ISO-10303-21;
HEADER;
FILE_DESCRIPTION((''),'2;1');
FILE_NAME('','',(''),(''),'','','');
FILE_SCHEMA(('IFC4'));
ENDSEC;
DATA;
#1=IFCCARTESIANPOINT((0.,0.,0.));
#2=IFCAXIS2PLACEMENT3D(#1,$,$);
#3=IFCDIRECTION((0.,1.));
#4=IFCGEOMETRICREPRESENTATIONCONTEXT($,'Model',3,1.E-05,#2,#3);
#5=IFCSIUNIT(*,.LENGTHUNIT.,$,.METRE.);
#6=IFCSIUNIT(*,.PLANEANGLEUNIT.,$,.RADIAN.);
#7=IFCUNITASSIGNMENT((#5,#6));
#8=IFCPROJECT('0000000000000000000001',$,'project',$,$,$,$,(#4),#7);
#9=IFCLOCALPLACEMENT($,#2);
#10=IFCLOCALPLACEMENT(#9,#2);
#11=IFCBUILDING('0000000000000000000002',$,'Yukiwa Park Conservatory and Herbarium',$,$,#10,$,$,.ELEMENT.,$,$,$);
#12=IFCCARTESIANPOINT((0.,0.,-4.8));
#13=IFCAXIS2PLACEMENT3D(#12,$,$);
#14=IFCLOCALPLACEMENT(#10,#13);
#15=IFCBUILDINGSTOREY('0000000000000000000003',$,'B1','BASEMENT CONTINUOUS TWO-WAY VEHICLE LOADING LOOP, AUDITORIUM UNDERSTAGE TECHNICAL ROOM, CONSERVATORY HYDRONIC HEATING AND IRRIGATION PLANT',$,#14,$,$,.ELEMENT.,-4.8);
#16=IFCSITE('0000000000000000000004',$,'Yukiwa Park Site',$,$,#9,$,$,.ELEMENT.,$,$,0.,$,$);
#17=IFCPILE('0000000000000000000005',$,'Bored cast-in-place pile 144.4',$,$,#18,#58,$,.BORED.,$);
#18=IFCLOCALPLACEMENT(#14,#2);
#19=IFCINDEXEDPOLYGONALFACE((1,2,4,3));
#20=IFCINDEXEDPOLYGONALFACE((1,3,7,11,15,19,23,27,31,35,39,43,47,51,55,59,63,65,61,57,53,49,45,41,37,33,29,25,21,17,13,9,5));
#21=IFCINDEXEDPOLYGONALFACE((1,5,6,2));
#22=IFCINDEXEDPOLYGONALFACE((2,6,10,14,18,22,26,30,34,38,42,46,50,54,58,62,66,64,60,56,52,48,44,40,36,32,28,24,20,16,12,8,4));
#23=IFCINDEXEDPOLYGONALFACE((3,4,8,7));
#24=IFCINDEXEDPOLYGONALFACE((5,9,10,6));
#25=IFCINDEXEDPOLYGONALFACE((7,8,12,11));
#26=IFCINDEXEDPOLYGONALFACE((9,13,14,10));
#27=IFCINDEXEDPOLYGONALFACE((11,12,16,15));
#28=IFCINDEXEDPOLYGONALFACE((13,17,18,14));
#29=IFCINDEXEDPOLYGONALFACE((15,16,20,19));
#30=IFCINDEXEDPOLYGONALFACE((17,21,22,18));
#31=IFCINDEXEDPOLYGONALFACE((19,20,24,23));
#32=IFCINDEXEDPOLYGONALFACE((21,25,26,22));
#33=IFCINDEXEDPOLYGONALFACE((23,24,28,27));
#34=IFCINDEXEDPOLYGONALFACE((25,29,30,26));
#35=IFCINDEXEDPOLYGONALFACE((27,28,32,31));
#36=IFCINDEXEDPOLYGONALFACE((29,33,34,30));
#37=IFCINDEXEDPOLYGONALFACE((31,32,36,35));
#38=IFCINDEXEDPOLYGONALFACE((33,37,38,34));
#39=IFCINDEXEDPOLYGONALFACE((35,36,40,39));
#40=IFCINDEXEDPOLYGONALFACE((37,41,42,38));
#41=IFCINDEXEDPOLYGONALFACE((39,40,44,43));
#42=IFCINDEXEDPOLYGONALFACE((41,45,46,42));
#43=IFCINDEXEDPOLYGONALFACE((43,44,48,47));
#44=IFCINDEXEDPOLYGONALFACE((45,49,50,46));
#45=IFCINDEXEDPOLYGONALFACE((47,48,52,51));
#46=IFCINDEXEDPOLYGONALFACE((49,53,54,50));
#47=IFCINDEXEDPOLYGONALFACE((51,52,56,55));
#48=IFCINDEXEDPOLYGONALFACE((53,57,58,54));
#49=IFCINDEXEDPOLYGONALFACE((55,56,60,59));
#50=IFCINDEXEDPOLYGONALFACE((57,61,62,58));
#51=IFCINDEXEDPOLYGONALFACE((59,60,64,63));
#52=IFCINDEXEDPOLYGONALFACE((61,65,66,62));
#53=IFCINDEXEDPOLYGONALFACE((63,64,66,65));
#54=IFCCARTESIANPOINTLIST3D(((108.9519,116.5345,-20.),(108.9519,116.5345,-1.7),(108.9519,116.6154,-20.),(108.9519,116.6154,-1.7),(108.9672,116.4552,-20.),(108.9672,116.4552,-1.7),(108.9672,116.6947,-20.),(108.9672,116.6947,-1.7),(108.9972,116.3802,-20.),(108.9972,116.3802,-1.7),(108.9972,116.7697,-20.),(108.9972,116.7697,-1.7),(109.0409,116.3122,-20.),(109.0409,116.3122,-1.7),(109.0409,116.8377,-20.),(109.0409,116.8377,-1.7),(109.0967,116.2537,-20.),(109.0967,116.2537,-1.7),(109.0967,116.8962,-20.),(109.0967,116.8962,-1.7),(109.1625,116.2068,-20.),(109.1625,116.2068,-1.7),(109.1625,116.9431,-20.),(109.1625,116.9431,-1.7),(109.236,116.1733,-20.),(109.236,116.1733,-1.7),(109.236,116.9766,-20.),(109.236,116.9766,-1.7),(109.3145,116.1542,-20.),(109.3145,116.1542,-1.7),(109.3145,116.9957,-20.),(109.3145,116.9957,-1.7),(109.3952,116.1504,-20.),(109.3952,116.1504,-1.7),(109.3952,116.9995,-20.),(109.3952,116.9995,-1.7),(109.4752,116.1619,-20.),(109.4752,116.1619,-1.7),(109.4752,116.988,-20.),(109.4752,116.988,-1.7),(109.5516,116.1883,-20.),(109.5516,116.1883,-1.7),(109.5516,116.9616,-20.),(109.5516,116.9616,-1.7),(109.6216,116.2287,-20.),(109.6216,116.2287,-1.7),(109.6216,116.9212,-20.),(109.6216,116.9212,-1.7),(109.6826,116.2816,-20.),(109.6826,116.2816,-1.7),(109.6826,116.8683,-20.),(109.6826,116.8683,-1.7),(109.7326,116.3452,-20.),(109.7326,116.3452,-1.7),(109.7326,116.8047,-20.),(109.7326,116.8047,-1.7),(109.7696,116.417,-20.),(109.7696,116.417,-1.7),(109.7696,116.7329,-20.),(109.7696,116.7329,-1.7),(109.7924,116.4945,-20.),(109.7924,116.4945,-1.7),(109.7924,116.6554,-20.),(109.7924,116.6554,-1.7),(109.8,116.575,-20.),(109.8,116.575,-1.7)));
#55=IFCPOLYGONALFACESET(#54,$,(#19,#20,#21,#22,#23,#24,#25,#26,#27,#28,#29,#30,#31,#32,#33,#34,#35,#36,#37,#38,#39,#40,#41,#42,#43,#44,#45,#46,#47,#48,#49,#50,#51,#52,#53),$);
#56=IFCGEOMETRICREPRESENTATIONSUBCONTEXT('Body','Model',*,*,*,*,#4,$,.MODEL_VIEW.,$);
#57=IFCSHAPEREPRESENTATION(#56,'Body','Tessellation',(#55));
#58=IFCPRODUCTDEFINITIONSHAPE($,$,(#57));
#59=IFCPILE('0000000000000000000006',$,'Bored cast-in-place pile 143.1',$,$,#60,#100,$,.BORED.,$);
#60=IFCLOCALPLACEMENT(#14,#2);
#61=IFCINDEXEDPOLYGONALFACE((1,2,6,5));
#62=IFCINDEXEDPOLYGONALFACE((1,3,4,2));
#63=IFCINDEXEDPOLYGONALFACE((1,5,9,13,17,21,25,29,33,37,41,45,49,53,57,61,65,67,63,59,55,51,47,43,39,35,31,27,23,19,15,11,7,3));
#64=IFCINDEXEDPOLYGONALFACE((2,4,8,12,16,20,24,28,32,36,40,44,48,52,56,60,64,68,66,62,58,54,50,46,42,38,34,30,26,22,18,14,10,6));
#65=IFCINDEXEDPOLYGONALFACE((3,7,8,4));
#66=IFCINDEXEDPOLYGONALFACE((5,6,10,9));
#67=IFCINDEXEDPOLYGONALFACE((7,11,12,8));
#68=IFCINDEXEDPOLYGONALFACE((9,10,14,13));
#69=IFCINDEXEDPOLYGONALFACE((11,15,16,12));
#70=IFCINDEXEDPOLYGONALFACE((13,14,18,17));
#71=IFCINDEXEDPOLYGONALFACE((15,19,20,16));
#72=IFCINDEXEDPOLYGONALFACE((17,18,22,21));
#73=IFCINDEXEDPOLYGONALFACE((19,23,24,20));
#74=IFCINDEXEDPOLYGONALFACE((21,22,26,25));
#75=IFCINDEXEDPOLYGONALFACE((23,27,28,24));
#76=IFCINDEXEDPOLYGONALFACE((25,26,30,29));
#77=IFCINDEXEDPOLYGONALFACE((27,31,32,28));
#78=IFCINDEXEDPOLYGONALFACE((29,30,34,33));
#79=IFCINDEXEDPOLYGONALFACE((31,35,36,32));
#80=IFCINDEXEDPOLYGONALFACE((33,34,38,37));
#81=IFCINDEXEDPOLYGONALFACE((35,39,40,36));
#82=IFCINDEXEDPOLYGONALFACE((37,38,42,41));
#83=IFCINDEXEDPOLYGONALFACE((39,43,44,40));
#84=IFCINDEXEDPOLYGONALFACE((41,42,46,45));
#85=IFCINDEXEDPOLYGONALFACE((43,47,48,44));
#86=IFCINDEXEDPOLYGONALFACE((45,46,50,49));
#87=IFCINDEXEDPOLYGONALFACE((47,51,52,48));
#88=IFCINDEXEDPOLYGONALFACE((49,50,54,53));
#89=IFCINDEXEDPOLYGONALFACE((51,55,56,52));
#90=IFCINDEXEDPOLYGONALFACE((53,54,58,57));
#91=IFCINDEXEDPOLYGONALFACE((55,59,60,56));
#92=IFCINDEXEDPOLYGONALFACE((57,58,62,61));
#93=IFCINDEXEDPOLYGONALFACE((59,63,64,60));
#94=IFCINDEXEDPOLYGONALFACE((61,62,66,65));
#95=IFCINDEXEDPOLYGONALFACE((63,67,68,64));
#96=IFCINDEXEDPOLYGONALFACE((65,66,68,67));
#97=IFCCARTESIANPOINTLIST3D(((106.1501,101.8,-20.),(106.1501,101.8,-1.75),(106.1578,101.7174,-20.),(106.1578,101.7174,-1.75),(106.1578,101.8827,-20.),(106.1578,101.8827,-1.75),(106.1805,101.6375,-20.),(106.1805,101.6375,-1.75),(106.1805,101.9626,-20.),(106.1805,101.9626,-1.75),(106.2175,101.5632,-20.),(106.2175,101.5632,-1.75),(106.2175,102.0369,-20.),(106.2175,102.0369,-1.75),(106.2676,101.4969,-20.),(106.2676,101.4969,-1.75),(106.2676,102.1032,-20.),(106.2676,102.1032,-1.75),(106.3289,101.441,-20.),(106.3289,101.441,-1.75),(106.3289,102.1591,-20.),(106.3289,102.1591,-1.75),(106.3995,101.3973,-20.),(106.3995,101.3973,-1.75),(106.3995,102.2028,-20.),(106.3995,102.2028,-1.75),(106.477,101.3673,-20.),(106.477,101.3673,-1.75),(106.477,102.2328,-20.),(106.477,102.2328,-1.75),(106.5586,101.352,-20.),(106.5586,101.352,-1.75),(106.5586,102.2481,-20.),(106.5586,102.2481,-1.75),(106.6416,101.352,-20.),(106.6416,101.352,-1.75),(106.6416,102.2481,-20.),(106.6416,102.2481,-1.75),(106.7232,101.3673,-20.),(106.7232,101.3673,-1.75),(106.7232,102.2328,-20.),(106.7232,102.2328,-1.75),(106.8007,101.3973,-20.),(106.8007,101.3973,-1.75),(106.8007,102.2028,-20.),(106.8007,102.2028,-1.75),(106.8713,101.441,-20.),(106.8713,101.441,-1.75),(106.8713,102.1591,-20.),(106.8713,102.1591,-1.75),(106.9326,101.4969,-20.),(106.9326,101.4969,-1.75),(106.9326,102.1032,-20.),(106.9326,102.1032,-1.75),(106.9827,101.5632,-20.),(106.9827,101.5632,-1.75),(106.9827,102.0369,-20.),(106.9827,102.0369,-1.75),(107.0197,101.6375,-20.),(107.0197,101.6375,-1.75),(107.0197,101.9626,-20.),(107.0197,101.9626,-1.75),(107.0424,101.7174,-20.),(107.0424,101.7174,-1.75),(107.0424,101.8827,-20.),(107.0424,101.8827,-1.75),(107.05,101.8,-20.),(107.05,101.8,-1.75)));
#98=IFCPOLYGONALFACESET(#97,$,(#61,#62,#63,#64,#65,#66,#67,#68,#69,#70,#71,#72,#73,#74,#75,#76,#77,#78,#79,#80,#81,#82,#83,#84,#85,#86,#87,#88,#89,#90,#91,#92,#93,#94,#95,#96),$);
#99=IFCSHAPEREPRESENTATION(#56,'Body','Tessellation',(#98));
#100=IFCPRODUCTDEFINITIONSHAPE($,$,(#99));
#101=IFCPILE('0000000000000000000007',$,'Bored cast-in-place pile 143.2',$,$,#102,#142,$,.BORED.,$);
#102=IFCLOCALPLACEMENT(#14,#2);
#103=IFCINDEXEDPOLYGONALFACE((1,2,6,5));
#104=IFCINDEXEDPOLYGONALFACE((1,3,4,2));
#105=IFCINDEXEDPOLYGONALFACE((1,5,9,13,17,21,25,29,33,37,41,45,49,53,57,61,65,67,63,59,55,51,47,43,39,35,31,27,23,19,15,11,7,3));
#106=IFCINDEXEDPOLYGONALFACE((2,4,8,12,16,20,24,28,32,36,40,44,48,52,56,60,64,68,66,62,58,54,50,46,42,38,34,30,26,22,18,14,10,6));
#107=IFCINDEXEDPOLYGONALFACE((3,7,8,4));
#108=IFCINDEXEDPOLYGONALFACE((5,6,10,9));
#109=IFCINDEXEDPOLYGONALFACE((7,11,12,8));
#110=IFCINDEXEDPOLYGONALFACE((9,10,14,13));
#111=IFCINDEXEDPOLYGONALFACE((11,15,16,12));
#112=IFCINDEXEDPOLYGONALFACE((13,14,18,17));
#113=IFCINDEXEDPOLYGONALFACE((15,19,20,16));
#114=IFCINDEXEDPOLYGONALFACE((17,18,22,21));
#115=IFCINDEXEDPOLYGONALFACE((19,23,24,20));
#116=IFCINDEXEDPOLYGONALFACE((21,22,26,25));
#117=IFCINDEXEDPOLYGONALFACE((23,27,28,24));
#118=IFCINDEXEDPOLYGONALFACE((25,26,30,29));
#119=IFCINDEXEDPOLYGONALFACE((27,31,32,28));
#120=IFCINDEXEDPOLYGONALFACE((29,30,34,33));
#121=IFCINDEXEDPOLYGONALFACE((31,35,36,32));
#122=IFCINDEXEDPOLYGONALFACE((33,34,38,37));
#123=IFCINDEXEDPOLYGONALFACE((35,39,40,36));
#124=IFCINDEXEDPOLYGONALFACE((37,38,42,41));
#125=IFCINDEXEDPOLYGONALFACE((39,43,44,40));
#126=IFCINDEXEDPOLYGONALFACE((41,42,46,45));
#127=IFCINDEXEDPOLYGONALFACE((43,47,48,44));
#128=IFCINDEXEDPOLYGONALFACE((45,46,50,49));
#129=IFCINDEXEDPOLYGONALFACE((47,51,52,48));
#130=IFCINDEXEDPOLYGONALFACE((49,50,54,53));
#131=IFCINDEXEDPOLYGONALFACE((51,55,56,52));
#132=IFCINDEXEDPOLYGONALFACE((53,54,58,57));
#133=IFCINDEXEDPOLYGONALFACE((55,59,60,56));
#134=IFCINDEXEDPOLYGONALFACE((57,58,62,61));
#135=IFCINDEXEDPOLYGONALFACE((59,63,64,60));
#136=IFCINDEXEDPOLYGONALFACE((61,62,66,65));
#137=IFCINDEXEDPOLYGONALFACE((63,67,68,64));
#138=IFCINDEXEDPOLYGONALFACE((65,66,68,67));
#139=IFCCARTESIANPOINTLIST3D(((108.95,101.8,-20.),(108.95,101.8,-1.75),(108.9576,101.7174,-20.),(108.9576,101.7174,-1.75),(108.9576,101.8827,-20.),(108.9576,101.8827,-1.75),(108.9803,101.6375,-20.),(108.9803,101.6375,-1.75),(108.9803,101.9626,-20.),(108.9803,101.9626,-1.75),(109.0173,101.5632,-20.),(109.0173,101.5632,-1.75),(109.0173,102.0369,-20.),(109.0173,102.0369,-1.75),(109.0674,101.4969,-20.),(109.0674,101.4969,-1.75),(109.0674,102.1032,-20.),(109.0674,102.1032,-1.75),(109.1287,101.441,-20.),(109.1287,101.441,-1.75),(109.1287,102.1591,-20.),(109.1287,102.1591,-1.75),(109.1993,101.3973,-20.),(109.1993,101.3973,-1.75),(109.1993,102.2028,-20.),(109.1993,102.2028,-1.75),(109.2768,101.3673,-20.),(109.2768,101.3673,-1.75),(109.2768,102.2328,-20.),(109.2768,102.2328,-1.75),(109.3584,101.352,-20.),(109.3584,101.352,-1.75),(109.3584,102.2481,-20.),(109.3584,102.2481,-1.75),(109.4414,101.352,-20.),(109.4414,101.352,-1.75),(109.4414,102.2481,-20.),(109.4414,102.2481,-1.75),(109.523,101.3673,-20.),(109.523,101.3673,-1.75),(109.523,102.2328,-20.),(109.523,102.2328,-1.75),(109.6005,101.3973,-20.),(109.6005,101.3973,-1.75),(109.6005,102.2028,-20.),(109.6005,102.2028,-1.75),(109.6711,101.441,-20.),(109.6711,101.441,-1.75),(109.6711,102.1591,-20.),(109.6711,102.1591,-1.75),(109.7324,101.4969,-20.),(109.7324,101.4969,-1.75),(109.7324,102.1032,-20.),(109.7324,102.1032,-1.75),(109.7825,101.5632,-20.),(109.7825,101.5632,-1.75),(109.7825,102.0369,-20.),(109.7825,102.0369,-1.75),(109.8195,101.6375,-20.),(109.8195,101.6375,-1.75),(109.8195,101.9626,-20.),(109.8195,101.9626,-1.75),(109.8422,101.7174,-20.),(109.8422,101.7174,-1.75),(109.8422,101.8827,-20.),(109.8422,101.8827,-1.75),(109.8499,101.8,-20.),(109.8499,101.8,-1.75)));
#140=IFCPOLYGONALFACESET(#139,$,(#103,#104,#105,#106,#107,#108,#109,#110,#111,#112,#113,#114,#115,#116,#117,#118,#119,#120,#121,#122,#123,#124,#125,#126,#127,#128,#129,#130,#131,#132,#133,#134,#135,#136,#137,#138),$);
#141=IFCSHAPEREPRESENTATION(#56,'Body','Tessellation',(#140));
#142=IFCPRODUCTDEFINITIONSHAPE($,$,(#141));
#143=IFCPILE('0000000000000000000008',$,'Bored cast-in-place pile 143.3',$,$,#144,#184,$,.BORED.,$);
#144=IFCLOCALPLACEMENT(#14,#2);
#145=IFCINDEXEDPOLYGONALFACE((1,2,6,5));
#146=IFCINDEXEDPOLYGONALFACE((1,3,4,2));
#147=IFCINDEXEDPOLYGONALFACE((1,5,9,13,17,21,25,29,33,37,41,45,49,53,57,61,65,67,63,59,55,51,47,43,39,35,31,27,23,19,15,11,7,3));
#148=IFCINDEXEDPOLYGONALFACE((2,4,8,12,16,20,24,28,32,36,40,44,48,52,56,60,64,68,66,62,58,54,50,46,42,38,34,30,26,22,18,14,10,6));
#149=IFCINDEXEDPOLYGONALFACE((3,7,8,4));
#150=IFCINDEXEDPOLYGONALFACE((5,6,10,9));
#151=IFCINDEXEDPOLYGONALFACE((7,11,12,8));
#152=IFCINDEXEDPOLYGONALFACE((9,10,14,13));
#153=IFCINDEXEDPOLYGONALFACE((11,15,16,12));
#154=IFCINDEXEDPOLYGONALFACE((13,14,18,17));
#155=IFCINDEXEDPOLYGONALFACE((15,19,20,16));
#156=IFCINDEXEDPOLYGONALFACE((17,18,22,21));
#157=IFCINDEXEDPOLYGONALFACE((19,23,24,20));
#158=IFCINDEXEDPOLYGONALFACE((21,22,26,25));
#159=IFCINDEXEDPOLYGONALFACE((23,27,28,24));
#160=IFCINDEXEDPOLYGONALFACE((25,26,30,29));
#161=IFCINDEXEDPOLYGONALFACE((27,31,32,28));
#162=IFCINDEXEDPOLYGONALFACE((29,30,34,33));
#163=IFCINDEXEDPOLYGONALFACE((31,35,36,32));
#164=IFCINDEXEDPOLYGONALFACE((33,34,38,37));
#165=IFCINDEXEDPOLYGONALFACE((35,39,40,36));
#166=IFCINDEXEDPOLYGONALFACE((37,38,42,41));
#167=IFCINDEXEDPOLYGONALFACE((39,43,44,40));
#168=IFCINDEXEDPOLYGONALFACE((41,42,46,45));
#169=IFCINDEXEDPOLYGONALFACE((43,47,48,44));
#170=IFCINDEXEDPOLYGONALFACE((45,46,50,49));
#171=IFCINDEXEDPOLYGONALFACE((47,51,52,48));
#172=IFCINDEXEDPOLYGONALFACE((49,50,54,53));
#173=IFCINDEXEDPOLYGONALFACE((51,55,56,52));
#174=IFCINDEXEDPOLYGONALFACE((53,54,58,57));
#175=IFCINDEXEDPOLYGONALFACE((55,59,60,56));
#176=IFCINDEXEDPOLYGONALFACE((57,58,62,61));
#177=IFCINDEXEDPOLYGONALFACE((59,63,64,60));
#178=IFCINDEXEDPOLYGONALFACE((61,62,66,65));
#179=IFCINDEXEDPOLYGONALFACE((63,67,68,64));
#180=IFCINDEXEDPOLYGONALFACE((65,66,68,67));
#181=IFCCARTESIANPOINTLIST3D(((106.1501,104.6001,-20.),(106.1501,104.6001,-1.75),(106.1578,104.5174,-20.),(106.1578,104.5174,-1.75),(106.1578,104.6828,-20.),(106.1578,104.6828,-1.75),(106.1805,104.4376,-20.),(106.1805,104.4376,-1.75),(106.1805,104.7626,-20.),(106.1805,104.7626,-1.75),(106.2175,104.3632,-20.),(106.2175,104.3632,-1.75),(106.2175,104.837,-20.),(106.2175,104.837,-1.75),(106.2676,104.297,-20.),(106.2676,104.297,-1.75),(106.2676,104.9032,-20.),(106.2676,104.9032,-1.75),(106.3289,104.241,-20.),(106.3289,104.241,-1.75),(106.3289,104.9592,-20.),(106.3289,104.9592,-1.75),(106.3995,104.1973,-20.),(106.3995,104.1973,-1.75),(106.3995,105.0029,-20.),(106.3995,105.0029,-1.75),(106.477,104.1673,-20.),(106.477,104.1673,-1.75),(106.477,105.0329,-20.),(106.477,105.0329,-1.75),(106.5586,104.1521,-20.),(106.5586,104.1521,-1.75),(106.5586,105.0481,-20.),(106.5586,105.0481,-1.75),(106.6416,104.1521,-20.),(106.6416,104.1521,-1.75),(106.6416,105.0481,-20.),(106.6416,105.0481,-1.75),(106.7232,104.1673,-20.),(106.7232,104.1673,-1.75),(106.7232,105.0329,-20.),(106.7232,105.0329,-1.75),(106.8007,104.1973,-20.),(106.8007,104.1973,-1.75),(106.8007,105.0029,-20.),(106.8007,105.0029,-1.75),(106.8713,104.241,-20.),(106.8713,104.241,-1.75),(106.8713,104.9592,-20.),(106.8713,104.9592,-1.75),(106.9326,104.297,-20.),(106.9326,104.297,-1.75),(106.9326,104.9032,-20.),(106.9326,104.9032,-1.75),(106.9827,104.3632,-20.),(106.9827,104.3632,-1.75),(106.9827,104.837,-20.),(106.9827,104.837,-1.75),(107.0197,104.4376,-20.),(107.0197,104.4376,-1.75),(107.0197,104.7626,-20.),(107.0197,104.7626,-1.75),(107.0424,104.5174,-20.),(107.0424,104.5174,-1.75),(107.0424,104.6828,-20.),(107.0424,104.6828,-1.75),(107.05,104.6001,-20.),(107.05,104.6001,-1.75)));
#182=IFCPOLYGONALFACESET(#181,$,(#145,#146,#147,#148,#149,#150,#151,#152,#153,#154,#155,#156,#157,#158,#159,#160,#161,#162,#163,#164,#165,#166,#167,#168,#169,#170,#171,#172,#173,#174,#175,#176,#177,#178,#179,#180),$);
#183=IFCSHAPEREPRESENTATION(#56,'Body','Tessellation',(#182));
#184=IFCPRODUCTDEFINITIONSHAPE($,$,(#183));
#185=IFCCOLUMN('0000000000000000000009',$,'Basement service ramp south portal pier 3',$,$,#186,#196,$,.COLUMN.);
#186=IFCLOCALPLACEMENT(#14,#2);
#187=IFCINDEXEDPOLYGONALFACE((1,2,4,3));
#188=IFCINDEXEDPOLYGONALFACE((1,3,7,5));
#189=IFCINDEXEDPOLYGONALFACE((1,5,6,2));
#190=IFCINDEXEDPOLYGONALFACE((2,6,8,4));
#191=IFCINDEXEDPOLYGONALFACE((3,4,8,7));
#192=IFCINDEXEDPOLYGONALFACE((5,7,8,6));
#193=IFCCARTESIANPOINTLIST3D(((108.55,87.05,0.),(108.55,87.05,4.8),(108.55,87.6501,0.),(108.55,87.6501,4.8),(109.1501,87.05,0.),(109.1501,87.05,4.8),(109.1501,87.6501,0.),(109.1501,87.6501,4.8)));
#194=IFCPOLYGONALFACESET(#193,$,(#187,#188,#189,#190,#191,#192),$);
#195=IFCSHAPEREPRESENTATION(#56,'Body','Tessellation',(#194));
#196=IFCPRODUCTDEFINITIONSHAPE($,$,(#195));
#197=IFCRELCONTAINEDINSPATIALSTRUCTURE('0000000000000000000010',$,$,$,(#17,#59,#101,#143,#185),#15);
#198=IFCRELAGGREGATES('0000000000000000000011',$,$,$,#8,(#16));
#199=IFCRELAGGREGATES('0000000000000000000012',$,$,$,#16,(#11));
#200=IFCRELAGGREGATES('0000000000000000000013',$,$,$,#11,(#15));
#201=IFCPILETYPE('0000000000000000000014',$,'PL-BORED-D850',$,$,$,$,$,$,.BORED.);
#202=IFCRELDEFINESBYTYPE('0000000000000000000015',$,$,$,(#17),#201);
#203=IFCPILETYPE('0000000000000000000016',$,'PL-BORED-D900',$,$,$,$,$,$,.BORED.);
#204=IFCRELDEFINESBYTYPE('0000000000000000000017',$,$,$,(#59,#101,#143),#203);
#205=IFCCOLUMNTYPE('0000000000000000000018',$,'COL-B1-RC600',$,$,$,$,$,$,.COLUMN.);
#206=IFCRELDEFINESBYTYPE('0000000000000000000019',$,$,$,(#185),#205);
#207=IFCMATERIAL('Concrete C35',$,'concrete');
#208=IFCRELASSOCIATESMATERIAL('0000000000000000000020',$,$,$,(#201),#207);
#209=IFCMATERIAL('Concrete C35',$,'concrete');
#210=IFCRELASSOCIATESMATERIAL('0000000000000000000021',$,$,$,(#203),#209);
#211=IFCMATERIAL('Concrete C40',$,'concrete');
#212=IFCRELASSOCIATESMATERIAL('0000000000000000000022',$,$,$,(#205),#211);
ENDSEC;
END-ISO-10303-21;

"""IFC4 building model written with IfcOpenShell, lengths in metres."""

from ifc_helpers import new_model, si_unit, direction, frame, origin, origin_2d, place, context, subcontext, project, spatial, rectangle, circle, extrude, material, material_profile, profile_set, type_object, element, save


model = new_model("IFC4")

# Units and contexts
model_context = context("Model", 3, precision=1e-05, world=origin(), true_north=direction((0.0, 1.0)))
body_context = subcontext(model_context, "Body", "Model", "MODEL_VIEW")
ifc_project = project(units=[si_unit("LENGTHUNIT", "METRE"), si_unit("PLANEANGLEUNIT", "RADIAN")], contexts=[model_context])

# Site, building, storey
site_placement = place(None, origin())
site = spatial("IfcSite", under=ifc_project, at=site_placement, Name="Yukiwa Park Site", CompositionType="ELEMENT", RefElevation=0.0)
building_placement = place(site_placement, origin())
building = spatial("IfcBuilding", under=site, at=building_placement, Name="Yukiwa Park Conservatory and Herbarium", CompositionType="ELEMENT")
storey_placement = place(building_placement, frame((0.0, 0.0, -4.8)))
storey = spatial("IfcBuildingStorey", under=building, at=storey_placement, Name="B1", Description="BASEMENT CONTINUOUS TWO-WAY VEHICLE LOADING LOOP, AUDITORIUM UNDERSTAGE TECHNICAL ROOM, CONSERVATORY HYDRONIC HEATING AND IRRIGATION PLANT", CompositionType="ELEMENT", Elevation=-4.8)

# Piles
ifc_material_1 = material(Name="Concrete C35", Category="concrete")
ifc_material_profile_1 = material_profile(ifc_material_1, circle(Radius=0.425, at=origin_2d()), Name="PILE D850")
ifc_profile_set_1 = profile_set([ifc_material_profile_1], Name="Concrete C35")
pile_type_1 = type_object("IfcPileType", Name="PL-BORED-D850", PredefinedType="BORED", material=ifc_profile_set_1)
for number, where, z_axis, x_axis, name in (
    (1, (109.375, 116.575, -1.7), (0.0, 0.0, -1.0), (1.0, 0.0, 0.0), "Bored cast-in-place pile 144.4"),
):
    element("IfcPile", number, at=place(storey_placement, frame(where, z_axis=z_axis, x_axis=x_axis)), inside=storey, type_object=pile_type_1, Name=name, PredefinedType="BORED", context=body_context, shape_type="SweptSolid", body=[
        extrude(circle(Radius=0.425, at=origin_2d()), origin(), (0.0, 0.0, 1.0), 18.3),
    ])
ifc_material_2 = material(Name="Concrete C35", Category="concrete")
ifc_material_profile_2 = material_profile(ifc_material_2, circle(Radius=0.45, at=origin_2d()), Name="PILE D900")
ifc_profile_set_2 = profile_set([ifc_material_profile_2], Name="Concrete C35")
pile_type_2 = type_object("IfcPileType", Name="PL-BORED-D900", PredefinedType="BORED", material=ifc_profile_set_2)
for number, where, z_axis, x_axis, name in (
    (2, (106.6001, 101.8, -1.75), (0.0, 0.0, -1.0), (1.0, 0.0, 0.0), "Bored cast-in-place pile 143.1"),
    (3, (109.3999, 101.8, -1.75), (0.0, 0.0, -1.0), (1.0, 0.0, 0.0), "Bored cast-in-place pile 143.2"),
    (4, (106.6001, 104.6001, -1.75), (0.0, 0.0, -1.0), (1.0, 0.0, 0.0), "Bored cast-in-place pile 143.3"),
):
    element("IfcPile", number, at=place(storey_placement, frame(where, z_axis=z_axis, x_axis=x_axis)), inside=storey, type_object=pile_type_2, Name=name, PredefinedType="BORED", context=body_context, shape_type="SweptSolid", body=[
        extrude(circle(Radius=0.45, at=origin_2d()), origin(), (0.0, 0.0, 1.0), 18.25),
    ])

# Column
ifc_material_3 = material(Name="Concrete C40", Category="concrete")
ifc_material_profile_3 = material_profile(ifc_material_3, rectangle(XDim=0.6001, YDim=0.6001, at=origin_2d()), Name="RC 600x600")
ifc_profile_set_3 = profile_set([ifc_material_profile_3], Name="Concrete C40")
column_type_1 = type_object("IfcColumnType", Name="COL-B1-RC600", PredefinedType="COLUMN", material=ifc_profile_set_3)
column_placement = place(storey_placement, frame((108.8501, 87.3501, 0.0), z_axis=(0.0, 0.0, 1.0), x_axis=(1.0, 0.0, 0.0)))
element("IfcColumn", 5, at=column_placement, inside=storey, type_object=column_type_1, Name="Basement service ramp south portal pier 3", PredefinedType="COLUMN", context=body_context, shape_type="SweptSolid", body=[
    extrude(rectangle(XDim=0.6001, YDim=0.6001, at=origin_2d()), origin(), (0.0, 0.0, 1.0), 4.8),
])

save(model, "model.ifc")
